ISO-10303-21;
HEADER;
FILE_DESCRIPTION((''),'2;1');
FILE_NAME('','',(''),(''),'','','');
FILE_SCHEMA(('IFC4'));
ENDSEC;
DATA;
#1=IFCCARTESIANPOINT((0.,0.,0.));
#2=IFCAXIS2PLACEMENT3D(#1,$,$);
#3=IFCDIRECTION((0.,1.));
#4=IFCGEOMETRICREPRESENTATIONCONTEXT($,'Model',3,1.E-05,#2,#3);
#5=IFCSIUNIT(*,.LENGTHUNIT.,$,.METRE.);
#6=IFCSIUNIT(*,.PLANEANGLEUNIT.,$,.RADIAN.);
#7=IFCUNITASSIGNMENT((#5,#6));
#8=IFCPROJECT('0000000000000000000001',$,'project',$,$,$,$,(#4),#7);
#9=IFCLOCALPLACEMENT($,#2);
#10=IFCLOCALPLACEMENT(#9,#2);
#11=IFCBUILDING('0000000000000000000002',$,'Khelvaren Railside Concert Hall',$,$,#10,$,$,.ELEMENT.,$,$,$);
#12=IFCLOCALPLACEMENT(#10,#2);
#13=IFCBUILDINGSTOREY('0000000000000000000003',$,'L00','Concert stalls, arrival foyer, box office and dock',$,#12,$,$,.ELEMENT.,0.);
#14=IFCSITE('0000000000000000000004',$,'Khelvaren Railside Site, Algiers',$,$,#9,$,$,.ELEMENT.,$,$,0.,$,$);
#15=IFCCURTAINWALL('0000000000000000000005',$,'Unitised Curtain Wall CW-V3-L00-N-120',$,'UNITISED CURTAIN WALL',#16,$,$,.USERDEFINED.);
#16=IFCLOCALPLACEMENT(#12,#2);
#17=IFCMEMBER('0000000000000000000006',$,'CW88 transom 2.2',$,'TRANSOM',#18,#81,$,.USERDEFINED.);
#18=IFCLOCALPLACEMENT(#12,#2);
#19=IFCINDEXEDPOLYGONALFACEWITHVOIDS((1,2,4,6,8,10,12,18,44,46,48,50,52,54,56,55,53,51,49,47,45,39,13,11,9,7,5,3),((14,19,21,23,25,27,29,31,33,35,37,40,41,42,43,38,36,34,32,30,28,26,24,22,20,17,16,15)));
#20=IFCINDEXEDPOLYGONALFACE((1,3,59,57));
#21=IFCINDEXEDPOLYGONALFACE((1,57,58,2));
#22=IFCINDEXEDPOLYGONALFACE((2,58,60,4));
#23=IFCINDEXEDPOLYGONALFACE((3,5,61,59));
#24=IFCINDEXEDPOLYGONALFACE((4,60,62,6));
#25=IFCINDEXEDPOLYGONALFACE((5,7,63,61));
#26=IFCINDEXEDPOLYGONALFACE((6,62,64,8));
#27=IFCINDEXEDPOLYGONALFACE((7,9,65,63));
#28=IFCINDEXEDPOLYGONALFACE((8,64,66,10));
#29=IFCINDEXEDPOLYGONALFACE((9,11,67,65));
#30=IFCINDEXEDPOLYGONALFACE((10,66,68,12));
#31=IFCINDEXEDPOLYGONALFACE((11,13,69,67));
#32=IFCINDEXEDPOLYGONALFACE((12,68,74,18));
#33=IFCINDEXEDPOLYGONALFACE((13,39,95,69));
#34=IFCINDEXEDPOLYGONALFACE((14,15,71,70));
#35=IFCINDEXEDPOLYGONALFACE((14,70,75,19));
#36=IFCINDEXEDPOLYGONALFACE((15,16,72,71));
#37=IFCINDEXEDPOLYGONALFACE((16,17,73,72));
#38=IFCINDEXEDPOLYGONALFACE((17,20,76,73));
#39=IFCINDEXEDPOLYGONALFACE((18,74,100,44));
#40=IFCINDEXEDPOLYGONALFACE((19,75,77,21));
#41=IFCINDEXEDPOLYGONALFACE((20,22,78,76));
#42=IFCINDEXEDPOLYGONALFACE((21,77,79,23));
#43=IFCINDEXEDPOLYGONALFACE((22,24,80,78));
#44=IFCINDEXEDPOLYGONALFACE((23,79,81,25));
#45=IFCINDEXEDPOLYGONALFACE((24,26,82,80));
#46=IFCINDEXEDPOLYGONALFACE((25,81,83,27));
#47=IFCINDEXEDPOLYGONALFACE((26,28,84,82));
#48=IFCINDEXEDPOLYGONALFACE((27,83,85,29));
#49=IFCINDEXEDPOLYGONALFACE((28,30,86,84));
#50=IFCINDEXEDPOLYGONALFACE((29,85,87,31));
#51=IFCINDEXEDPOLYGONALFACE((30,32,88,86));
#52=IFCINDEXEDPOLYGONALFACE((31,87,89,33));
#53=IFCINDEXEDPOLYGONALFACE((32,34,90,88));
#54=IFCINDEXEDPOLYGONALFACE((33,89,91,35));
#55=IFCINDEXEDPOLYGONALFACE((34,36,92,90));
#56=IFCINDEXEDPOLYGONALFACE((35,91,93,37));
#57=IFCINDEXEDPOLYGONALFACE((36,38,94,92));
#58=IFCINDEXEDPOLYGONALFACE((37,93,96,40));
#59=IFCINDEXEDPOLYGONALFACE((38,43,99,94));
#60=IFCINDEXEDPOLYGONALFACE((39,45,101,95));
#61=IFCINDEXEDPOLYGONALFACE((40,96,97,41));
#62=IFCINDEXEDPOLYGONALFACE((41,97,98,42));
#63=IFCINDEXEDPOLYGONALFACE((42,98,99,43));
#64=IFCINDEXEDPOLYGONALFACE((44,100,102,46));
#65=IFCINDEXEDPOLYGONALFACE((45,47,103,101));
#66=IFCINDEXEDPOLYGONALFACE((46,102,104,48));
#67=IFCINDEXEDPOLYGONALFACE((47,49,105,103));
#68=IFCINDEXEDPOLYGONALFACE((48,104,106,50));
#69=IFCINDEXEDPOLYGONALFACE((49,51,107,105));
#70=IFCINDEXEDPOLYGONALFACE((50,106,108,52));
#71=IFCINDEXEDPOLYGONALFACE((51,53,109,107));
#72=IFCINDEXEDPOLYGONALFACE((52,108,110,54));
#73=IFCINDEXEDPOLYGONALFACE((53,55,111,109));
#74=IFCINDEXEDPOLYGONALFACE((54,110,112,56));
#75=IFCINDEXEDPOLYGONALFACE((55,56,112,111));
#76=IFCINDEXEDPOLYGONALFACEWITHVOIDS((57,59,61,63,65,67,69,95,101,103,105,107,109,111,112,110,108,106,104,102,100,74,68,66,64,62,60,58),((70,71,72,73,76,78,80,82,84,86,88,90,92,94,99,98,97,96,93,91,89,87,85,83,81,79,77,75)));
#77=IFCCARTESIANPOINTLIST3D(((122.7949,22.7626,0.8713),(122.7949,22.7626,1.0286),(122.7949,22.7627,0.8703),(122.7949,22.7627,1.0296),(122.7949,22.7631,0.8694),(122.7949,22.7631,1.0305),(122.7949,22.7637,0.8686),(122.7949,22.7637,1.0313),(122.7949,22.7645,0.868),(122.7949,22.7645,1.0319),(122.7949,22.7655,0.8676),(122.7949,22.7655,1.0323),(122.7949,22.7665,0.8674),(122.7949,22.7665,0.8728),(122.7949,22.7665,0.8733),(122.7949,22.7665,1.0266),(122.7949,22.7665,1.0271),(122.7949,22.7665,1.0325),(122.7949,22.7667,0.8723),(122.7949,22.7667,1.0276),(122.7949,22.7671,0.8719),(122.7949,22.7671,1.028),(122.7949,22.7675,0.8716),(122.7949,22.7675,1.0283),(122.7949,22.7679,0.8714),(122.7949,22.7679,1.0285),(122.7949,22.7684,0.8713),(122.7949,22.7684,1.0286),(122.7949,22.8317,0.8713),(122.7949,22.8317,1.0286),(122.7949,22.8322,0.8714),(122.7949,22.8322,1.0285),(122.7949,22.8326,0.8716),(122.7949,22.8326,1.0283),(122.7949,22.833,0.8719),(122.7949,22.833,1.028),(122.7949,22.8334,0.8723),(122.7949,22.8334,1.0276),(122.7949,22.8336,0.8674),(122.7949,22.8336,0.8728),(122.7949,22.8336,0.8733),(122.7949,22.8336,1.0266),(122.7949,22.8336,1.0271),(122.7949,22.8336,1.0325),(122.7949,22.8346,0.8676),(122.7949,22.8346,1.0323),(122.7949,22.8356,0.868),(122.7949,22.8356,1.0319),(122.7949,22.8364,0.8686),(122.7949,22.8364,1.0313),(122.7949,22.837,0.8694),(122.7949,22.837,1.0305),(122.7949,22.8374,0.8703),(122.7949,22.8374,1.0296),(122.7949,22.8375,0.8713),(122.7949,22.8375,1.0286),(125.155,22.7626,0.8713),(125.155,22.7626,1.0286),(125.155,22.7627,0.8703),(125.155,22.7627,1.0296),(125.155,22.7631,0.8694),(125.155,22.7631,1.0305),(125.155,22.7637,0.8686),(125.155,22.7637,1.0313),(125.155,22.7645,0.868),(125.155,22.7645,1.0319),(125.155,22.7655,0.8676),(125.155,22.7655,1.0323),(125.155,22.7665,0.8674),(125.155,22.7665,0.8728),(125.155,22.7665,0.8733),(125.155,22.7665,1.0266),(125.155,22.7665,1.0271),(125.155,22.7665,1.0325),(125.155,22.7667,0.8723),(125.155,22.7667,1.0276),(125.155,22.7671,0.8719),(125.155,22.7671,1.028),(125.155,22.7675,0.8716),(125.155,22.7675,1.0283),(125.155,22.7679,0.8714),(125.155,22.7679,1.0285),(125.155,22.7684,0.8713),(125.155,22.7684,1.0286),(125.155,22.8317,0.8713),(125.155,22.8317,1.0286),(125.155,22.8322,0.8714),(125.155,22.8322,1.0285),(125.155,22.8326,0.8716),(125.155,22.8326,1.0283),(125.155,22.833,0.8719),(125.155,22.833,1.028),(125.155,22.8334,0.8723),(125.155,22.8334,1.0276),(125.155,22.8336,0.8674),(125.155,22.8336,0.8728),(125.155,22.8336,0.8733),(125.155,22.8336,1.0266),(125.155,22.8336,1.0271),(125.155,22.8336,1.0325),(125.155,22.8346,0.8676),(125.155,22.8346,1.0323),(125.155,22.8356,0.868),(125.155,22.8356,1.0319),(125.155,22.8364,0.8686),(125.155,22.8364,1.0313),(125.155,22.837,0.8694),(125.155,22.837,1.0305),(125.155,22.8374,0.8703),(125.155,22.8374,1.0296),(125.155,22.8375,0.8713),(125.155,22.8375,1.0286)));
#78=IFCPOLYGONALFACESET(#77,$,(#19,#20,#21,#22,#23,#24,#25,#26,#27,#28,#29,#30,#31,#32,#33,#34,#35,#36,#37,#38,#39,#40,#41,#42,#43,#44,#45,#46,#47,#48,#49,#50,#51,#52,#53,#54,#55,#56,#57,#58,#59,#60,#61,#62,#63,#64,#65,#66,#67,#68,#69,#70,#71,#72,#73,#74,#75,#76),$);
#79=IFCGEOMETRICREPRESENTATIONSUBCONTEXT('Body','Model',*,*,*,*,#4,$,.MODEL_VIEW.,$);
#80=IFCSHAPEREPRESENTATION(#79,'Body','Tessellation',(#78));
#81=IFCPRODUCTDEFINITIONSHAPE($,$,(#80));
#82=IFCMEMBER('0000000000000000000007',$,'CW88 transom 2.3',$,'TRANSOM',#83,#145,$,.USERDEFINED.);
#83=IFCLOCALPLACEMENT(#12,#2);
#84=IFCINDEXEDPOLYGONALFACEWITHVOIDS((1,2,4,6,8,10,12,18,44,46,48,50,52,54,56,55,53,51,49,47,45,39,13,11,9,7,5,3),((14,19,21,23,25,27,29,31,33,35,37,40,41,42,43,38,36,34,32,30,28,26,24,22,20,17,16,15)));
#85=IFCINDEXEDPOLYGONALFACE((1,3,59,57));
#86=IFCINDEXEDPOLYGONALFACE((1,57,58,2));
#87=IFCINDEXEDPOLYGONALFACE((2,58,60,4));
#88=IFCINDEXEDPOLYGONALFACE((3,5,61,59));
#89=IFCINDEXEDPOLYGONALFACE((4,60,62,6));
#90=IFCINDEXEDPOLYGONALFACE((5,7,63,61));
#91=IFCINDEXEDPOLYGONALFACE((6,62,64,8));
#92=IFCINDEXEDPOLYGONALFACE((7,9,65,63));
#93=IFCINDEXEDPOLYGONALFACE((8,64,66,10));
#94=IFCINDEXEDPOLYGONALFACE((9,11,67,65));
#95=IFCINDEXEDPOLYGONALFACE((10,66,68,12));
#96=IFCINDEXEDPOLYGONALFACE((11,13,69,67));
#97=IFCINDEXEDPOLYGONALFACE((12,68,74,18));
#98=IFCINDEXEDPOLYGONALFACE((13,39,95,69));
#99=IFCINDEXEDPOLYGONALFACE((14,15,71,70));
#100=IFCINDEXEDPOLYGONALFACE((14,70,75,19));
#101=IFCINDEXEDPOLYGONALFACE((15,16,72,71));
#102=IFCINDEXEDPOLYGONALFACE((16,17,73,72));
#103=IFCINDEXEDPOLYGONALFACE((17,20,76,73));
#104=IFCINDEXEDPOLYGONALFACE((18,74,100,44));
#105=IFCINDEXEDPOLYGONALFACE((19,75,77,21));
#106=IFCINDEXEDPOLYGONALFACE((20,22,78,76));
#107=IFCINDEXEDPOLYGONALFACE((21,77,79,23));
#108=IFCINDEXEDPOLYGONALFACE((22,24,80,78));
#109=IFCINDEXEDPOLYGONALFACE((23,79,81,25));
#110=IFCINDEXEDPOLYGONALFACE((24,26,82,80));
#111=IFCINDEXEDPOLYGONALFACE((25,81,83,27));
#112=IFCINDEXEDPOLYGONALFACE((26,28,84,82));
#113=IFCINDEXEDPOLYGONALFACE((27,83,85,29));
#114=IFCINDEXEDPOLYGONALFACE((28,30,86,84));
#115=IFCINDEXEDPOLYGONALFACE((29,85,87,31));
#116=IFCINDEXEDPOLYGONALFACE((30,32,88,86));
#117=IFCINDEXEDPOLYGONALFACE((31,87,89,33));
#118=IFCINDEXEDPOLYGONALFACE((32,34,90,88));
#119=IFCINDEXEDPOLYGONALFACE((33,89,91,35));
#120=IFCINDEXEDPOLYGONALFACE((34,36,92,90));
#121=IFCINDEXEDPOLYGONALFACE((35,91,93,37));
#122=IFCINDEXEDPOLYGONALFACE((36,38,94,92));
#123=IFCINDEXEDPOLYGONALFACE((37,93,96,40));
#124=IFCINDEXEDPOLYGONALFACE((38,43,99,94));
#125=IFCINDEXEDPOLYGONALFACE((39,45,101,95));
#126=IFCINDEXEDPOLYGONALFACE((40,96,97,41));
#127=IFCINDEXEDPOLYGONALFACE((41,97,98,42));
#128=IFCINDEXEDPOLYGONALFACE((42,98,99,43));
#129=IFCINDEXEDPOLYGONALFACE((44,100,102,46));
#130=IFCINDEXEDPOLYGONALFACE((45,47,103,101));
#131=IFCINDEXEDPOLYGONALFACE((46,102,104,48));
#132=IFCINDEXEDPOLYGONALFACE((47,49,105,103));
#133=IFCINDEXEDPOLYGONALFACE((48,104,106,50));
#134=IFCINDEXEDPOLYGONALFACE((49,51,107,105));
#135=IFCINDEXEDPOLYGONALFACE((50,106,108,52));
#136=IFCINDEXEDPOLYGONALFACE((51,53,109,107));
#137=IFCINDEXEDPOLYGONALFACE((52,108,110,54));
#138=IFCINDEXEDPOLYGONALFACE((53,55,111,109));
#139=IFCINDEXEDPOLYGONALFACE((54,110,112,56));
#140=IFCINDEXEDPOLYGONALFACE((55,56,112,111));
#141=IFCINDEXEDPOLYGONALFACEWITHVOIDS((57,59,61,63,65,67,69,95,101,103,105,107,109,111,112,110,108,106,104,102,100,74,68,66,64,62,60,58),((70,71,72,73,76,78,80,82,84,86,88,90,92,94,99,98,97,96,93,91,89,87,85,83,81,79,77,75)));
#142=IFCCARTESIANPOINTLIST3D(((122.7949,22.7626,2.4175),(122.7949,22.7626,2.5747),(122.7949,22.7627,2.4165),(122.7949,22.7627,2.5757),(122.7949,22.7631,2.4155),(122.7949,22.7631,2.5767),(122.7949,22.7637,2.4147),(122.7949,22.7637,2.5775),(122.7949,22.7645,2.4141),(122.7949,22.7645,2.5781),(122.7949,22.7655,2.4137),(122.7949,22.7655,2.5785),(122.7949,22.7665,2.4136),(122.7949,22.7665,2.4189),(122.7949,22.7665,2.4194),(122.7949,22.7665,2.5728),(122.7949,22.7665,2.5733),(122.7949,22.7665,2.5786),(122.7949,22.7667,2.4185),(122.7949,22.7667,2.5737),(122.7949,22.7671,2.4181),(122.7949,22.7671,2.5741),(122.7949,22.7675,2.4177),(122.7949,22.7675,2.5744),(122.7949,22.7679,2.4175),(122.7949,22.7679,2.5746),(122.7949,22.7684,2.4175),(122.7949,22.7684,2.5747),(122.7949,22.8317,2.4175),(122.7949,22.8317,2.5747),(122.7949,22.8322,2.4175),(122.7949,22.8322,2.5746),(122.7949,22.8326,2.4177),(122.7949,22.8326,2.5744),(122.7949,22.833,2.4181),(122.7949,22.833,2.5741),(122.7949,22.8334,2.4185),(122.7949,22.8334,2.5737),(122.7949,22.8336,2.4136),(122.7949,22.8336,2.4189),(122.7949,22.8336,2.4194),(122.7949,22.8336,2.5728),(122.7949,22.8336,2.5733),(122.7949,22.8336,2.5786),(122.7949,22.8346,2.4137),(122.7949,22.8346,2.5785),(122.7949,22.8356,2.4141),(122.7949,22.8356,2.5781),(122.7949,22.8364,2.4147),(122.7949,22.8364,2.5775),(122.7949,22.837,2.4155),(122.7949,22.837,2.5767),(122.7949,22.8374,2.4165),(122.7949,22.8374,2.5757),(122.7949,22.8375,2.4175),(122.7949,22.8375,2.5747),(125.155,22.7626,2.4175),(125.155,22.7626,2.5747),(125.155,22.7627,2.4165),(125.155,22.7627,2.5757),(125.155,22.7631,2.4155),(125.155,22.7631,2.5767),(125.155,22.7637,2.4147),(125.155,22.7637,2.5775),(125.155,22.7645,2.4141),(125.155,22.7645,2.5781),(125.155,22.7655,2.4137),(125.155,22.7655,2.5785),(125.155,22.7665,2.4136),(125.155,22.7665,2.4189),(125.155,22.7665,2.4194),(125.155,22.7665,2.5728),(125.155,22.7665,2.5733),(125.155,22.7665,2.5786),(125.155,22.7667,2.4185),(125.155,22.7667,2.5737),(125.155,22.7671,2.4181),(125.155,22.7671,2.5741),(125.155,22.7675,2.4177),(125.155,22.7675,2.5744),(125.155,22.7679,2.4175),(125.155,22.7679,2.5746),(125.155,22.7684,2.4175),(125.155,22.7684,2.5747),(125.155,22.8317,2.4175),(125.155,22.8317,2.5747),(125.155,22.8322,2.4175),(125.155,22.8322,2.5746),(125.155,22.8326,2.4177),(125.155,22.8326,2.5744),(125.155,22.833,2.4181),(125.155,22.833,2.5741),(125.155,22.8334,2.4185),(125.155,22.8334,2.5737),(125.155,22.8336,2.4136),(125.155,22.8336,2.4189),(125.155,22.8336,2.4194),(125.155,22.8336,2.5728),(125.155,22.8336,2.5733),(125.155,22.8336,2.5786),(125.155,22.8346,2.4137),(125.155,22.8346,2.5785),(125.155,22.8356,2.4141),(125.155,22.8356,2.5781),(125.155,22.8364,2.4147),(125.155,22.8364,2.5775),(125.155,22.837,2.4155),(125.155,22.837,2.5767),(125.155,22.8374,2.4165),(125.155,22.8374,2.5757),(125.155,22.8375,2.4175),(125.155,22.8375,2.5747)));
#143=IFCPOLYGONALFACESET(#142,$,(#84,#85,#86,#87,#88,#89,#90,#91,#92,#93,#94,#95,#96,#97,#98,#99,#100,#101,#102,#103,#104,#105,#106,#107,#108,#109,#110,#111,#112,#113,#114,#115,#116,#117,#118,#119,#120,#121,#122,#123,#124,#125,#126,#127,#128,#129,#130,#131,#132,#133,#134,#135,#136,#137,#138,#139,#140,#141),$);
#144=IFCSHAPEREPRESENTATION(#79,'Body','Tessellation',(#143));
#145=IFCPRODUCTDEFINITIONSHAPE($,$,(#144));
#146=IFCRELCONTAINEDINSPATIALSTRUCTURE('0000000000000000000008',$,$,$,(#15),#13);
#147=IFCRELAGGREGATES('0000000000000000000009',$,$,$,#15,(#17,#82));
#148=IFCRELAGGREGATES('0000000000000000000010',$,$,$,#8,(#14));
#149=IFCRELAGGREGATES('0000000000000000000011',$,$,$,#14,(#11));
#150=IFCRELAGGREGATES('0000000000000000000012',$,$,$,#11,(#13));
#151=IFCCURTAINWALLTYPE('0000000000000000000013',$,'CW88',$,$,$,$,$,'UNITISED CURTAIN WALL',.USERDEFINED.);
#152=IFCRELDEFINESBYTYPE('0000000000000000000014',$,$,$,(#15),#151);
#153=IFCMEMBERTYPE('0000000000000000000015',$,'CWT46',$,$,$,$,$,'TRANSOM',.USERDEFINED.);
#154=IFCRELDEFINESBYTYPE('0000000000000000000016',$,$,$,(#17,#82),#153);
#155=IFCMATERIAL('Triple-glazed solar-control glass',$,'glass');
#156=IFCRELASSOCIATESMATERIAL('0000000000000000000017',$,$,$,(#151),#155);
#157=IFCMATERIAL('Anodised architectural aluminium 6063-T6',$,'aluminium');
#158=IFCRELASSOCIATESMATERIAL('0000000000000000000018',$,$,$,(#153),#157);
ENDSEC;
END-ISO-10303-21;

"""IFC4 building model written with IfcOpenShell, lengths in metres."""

from ifc_helpers import new_model, si_unit, direction, frame, origin, origin_2d, place, context, subcontext, project, spatial, hollow_rectangle, extrude, material, material_profile, profile_set, type_object, element, aggregate, save


model = new_model("IFC4")

# Units and contexts
model_context = context("Model", 3, precision=1e-05, world=origin(), true_north=direction((0.0, 1.0)))
body_context = subcontext(model_context, "Body", "Model", "MODEL_VIEW")
ifc_project = project(units=[si_unit("LENGTHUNIT", "METRE"), si_unit("PLANEANGLEUNIT", "RADIAN")], contexts=[model_context])

# Site, building, storey
site_placement = place(None, origin())
site = spatial("IfcSite", under=ifc_project, at=site_placement, Name="Khelvaren Railside Site, Algiers", CompositionType="ELEMENT", RefElevation=0.0)
building_placement = place(site_placement, origin())
building = spatial("IfcBuilding", under=site, at=building_placement, Name="Khelvaren Railside Concert Hall", CompositionType="ELEMENT")
storey_placement = place(building_placement, origin())
storey = spatial("IfcBuildingStorey", under=building, at=storey_placement, Name="L00", Description="Concert stalls, arrival foyer, box office and dock", CompositionType="ELEMENT", Elevation=0.0)

# Curtain wall
ifc_material_1 = material(Name="Triple-glazed solar-control glass", Category="glass")
ifc_material_2 = material(Name="Anodised architectural aluminium 6063-T6", Category="aluminium")
curtain_wall_type_1 = type_object("IfcCurtainWallType", Name="CW88", ElementType="UNITISED CURTAIN WALL", PredefinedType="USERDEFINED", material=ifc_material_1)
curtain_wall_1_placement = place(storey_placement, origin())
curtain_wall_1 = element("IfcCurtainWall", 1, at=curtain_wall_1_placement, inside=storey, type_object=curtain_wall_type_1, Name="Unitised Curtain Wall CW-V3-L00-N-120", ObjectType="UNITISED CURTAIN WALL", PredefinedType="USERDEFINED")

# Members
ifc_material_profile_1 = material_profile(ifc_material_2, hollow_rectangle(XDim=0.075, YDim=0.165, WallThickness=0.0039, InnerFilletRadius=0.002, OuterFilletRadius=0.0039, at=origin_2d()), Name="CWT 75x165x4")
ifc_profile_set_1 = profile_set([ifc_material_profile_1], Name="Anodised architectural aluminium 6063-T6")
member_type_1 = type_object("IfcMemberType", Name="CWT46", ElementType="TRANSOM", PredefinedType="USERDEFINED", material=ifc_profile_set_1)
member_1_placement = place(storey_placement, frame((122.7949, 22.8, 0.95), z_axis=(1.0, 0.0, 0.0), x_axis=(0.0, 1.0, 0.0)))
member_1 = element("IfcMember", 2, at=member_1_placement, type_object=member_type_1, Name="CW88 transom 2.2", ObjectType="TRANSOM", PredefinedType="USERDEFINED", context=body_context, shape_type="SweptSolid", body=[
    extrude(hollow_rectangle(XDim=0.075, YDim=0.165, WallThickness=0.0039, InnerFilletRadius=0.002, OuterFilletRadius=0.0039, at=origin_2d()), origin(), (0.0, 0.0, 1.0), 2.3601),
])
member_2_placement = place(storey_placement, frame((122.7949, 22.8, 2.4961), z_axis=(1.0, 0.0, 0.0), x_axis=(0.0, 1.0, 0.0)))
member_2 = element("IfcMember", 3, at=member_2_placement, type_object=member_type_1, Name="CW88 transom 2.3", ObjectType="TRANSOM", PredefinedType="USERDEFINED", context=body_context, shape_type="SweptSolid", body=[
    extrude(hollow_rectangle(XDim=0.075, YDim=0.165, WallThickness=0.0039, InnerFilletRadius=0.002, OuterFilletRadius=0.0039, at=origin_2d()), origin(), (0.0, 0.0, 1.0), 2.3601),
])

aggregate(curtain_wall_1, [member_1, member_2])

save(model, "model.ifc")
